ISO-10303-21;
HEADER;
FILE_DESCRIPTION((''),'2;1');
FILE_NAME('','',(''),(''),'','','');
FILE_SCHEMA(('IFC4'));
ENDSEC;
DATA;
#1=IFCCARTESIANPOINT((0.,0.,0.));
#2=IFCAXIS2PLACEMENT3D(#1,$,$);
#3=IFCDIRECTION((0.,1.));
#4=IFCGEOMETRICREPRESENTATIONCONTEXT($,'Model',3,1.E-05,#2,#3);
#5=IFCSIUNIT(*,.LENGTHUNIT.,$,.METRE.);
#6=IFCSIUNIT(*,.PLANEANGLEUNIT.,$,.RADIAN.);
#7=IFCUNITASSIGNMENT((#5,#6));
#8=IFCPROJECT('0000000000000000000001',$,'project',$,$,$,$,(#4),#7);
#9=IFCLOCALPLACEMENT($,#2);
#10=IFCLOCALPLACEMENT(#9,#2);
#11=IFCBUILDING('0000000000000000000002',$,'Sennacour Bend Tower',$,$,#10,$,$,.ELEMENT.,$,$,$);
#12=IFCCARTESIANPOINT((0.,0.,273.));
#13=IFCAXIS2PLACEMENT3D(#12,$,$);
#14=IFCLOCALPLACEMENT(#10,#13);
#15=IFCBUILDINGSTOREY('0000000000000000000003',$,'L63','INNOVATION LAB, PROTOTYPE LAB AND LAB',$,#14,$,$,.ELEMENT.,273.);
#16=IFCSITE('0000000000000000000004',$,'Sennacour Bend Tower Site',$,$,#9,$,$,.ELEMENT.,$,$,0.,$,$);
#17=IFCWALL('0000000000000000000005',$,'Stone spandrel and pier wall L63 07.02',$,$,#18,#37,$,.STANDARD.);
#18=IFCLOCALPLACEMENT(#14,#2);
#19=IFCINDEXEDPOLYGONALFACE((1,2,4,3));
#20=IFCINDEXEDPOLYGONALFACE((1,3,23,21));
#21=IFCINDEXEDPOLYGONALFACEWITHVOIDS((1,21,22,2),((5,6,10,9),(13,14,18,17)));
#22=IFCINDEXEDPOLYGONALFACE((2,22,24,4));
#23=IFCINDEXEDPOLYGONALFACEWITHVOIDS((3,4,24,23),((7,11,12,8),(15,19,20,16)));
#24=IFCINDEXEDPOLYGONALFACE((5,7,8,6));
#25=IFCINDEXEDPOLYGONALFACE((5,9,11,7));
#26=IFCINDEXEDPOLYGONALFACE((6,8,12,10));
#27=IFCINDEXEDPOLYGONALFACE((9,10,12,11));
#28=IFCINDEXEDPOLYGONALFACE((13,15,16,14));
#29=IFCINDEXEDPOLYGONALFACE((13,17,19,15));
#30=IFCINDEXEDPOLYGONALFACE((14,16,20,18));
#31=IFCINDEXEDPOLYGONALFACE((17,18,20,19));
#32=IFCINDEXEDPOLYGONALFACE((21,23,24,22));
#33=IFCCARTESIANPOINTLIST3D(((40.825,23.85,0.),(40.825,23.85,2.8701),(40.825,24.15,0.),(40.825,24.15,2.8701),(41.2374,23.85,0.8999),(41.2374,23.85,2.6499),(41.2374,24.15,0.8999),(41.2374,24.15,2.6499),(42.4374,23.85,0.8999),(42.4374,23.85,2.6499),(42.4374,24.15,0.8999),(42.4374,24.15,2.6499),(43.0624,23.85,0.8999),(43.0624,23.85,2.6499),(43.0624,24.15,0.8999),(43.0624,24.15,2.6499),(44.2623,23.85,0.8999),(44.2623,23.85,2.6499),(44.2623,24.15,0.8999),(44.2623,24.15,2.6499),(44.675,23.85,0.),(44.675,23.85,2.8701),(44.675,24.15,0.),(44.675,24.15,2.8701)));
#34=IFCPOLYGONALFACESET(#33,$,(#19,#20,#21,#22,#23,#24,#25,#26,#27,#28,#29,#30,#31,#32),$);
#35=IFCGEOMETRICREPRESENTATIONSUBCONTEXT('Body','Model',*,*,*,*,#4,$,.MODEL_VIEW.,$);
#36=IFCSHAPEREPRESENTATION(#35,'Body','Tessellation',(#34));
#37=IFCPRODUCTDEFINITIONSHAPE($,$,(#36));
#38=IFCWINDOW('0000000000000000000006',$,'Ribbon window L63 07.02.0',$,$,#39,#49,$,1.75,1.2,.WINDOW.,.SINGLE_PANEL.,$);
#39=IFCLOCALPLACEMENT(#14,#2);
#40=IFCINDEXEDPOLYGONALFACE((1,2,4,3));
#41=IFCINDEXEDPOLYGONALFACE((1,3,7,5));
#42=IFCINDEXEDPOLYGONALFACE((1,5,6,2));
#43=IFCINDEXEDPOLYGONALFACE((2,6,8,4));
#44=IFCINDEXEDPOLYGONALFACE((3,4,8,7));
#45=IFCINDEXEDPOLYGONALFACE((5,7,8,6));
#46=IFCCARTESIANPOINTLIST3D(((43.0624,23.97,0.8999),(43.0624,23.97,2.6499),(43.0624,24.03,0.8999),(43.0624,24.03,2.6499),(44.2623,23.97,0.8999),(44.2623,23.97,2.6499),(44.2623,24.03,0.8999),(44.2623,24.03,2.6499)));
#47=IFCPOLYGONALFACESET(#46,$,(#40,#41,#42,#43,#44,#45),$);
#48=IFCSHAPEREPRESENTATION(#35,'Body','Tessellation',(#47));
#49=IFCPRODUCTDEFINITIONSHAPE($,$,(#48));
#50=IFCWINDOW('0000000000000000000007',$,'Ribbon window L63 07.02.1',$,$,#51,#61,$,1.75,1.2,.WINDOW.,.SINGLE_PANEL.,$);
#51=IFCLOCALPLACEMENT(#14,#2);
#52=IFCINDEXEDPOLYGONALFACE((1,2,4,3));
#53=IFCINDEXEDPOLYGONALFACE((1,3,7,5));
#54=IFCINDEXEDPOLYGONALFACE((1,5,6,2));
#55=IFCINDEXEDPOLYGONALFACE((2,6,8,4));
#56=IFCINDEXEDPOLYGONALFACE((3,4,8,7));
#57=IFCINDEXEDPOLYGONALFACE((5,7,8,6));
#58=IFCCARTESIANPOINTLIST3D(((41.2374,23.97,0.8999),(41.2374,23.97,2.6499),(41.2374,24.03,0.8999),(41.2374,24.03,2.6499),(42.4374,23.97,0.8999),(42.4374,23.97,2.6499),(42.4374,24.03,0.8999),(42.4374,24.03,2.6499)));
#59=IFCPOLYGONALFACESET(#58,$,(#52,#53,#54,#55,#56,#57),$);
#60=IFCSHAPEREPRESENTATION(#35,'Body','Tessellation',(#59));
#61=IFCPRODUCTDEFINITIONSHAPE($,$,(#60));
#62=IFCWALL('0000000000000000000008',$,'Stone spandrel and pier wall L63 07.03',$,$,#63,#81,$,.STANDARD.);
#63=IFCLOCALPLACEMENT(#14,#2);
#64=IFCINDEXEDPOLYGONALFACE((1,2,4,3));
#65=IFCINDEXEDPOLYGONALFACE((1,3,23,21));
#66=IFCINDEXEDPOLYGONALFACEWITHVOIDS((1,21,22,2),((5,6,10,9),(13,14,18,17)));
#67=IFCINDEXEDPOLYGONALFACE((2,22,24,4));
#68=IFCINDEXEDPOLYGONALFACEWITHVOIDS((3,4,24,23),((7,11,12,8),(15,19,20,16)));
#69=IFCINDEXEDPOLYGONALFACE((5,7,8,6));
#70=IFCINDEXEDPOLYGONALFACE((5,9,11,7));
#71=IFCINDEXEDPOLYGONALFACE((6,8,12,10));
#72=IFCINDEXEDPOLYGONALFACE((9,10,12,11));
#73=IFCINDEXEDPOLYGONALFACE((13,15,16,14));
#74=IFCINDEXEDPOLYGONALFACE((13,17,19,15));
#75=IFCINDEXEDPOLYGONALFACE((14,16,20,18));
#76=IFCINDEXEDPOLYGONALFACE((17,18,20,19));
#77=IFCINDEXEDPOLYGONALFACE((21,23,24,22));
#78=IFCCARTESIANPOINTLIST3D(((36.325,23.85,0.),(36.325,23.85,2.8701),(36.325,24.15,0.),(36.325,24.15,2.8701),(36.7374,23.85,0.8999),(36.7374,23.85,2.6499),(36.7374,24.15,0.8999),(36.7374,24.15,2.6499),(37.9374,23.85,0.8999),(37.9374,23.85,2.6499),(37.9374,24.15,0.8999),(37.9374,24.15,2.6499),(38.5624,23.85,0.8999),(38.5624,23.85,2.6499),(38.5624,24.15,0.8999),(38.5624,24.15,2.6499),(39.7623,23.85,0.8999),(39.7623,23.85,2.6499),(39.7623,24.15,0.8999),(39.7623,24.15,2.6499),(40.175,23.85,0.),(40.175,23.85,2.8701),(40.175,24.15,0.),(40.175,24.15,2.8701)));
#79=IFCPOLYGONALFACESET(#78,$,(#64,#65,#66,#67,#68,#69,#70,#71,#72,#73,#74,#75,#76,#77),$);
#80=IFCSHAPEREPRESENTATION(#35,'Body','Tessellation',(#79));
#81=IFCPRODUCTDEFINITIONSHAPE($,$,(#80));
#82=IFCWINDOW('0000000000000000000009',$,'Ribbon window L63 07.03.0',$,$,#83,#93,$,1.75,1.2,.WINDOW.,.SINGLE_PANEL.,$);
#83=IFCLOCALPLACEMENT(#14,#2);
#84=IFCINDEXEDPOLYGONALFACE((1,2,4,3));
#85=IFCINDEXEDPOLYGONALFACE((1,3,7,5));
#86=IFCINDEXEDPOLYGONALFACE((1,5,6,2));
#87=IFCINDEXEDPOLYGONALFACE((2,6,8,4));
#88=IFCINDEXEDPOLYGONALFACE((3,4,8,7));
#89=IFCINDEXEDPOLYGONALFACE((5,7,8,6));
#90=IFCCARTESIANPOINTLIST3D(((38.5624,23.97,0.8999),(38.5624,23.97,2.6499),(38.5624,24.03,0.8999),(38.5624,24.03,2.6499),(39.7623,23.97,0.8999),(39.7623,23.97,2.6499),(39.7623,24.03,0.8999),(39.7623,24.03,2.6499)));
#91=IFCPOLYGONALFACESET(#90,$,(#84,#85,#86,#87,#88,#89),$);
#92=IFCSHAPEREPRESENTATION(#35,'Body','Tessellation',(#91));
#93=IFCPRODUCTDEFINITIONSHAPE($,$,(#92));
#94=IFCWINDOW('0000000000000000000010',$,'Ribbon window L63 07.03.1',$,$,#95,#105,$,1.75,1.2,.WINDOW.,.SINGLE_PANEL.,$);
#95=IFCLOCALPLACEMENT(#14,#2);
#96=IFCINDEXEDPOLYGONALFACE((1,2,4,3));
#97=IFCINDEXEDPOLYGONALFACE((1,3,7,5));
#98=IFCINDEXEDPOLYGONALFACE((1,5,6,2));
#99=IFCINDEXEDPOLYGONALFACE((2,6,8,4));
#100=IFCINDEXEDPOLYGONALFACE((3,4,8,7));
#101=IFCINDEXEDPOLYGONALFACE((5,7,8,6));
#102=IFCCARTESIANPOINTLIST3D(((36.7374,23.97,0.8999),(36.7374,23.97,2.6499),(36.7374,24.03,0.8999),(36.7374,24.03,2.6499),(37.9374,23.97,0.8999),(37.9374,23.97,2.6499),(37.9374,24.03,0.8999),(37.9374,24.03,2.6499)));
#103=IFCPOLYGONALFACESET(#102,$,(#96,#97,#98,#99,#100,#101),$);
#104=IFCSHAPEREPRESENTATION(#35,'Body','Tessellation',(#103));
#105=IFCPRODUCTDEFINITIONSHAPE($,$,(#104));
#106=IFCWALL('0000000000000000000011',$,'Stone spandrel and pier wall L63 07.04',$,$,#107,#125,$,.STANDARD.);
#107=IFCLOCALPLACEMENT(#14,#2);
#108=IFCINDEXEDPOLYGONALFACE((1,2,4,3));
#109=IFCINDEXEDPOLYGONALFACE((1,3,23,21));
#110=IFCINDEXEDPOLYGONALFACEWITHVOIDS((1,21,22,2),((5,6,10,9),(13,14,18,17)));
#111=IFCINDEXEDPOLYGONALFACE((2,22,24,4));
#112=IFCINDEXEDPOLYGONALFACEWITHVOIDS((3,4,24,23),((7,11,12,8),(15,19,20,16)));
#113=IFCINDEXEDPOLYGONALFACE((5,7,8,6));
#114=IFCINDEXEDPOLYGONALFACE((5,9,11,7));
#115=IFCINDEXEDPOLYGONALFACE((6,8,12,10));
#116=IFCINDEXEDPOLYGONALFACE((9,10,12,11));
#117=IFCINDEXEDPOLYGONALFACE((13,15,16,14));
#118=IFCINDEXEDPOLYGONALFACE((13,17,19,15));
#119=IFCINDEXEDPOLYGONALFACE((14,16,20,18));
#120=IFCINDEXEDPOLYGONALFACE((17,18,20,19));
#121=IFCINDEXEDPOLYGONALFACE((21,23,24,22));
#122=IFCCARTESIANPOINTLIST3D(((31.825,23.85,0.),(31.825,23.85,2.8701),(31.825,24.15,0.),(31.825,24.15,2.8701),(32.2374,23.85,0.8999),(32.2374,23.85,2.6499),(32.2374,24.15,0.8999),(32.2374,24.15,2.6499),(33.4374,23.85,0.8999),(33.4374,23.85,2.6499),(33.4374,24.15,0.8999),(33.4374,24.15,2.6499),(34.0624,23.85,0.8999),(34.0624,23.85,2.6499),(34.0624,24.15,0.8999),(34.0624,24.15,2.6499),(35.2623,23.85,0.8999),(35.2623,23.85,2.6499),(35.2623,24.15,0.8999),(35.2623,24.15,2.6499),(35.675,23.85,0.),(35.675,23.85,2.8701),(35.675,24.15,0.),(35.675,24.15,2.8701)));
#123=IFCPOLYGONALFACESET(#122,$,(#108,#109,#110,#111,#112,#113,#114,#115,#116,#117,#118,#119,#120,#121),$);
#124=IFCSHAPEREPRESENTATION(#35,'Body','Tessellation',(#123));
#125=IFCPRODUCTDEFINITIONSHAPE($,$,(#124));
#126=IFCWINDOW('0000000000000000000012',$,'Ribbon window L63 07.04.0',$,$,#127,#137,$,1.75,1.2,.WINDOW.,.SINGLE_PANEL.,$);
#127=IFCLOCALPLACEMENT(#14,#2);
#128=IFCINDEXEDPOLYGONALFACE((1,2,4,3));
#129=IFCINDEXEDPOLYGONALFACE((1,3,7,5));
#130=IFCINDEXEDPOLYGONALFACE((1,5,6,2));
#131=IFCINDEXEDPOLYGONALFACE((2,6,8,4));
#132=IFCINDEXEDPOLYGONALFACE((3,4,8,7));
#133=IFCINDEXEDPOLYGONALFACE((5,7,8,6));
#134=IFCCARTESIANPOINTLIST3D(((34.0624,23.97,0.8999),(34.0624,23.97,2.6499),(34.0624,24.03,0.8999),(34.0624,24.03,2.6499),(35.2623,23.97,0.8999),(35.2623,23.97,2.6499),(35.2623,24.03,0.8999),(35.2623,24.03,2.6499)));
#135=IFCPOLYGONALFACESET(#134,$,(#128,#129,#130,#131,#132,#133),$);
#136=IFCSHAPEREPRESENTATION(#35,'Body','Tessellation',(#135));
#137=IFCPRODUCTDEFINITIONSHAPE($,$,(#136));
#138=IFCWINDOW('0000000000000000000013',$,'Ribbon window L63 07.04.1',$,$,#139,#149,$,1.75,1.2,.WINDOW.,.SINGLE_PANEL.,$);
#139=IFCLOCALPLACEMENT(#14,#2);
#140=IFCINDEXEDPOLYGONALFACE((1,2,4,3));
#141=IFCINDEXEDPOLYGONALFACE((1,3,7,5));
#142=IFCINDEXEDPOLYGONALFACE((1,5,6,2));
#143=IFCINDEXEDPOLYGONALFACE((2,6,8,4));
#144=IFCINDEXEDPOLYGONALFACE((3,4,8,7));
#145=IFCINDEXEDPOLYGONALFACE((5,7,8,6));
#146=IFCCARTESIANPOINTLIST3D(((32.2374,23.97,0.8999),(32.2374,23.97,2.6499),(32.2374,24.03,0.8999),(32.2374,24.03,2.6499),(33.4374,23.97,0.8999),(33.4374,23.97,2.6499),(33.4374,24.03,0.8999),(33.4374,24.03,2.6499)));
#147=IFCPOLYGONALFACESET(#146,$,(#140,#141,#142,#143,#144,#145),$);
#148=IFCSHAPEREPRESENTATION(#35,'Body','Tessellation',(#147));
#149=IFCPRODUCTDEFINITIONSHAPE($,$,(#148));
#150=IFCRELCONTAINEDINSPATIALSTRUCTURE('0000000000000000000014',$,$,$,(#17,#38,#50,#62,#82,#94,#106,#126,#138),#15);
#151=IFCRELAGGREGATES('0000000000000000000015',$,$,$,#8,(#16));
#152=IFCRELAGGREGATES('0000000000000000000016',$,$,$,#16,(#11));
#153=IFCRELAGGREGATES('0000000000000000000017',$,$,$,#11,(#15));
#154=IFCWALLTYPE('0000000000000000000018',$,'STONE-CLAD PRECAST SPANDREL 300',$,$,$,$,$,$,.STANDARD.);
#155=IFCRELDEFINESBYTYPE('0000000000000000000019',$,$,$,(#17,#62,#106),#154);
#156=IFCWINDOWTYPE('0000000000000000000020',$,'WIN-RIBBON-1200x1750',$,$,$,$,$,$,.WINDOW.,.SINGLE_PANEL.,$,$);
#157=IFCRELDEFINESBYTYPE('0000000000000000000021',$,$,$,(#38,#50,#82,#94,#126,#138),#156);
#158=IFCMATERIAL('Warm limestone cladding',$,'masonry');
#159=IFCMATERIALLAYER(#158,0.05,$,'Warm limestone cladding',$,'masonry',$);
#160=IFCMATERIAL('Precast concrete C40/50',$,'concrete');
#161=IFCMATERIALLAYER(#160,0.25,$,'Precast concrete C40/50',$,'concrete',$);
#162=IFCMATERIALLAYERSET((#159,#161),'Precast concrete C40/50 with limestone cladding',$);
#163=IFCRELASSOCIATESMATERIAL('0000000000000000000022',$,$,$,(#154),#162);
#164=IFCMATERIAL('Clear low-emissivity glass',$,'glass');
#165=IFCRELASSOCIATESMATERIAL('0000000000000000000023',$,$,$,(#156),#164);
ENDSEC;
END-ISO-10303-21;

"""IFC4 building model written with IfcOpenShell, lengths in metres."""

from ifc_helpers import new_model, si_unit, direction, frame, frame_2d, origin, place, context, subcontext, project, spatial, rectangle, extrude, material, layer, layer_set, type_object, element, fill, save


model = new_model("IFC4")

# Units and contexts
model_context = context("Model", 3, precision=1e-05, world=origin(), true_north=direction((0.0, 1.0)))
body_context = subcontext(model_context, "Body", "Model", "MODEL_VIEW")
ifc_project = project(units=[si_unit("LENGTHUNIT", "METRE"), si_unit("PLANEANGLEUNIT", "RADIAN")], contexts=[model_context])

# Site, building, storey
site_placement = place(None, origin())
site = spatial("IfcSite", under=ifc_project, at=site_placement, Name="Sennacour Bend Tower Site", CompositionType="ELEMENT", RefElevation=0.0)
building_placement = place(site_placement, origin())
building = spatial("IfcBuilding", under=site, at=building_placement, Name="Sennacour Bend Tower", CompositionType="ELEMENT")
storey_placement = place(building_placement, frame((0.0, 0.0, 273.0)))
storey = spatial("IfcBuildingStorey", under=building, at=storey_placement, Name="L63", Description="INNOVATION LAB, PROTOTYPE LAB AND LAB", CompositionType="ELEMENT", Elevation=273.0)

# Walls, openings, windows
ifc_material_1 = material(Name="Warm limestone cladding", Category="masonry")
ifc_layer_1 = layer(ifc_material_1, 0.05, Name="Warm limestone cladding", Category="masonry")
ifc_material_2 = material(Name="Precast concrete C40/50", Category="concrete")
ifc_layer_2 = layer(ifc_material_2, 0.25, Name="Precast concrete C40/50", Category="concrete")
ifc_layer_set_1 = layer_set([ifc_layer_1, ifc_layer_2], Name="Precast concrete C40/50 with limestone cladding")
wall_type_1 = type_object("IfcWallType", Name="STONE-CLAD PRECAST SPANDREL 300", PredefinedType="STANDARD", material=ifc_layer_set_1)
wall_1_placement = place(storey_placement, frame((44.675, 24.0, 0.0), z_axis=(0.0, 0.0, 1.0), x_axis=(-1.0, 0.0, 0.0)))
wall_1 = element("IfcWall", 1, at=wall_1_placement, inside=storey, type_object=wall_type_1, Name="Stone spandrel and pier wall L63 07.02", PredefinedType="STANDARD", context=body_context, shape_type="SweptSolid", body=[
    extrude(rectangle(XDim=3.8501, YDim=0.3, at=frame_2d((1.925, 0.0))), origin(), (0.0, 0.0, 1.0), 2.8701),
])
opening_1_placement = place(wall_1_placement, frame((0.4126, 0.0, 0.8999)))
opening_1 = element("IfcOpeningElement", 2, at=opening_1_placement, cuts=wall_1, PredefinedType="OPENING", context=body_context, shape_type="SweptSolid", body=[
    extrude(rectangle(XDim=1.2, YDim=1.75, at=frame_2d((0.6001, 0.875))), frame((0.0, 0.1602, 0.0), z_axis=(0.0, -1.0, 0.0), x_axis=(1.0, 0.0, 0.0)), (0.0, 0.0, 1.0), 0.3201),
])
opening_2_placement = place(wall_1_placement, frame((2.2375, 0.0, 0.8999)))
opening_2 = element("IfcOpeningElement", 3, at=opening_2_placement, cuts=wall_1, PredefinedType="OPENING", context=body_context, shape_type="SweptSolid", body=[
    extrude(rectangle(XDim=1.2, YDim=1.75, at=frame_2d((0.6001, 0.875))), frame((0.0, 0.1602, 0.0), z_axis=(0.0, -1.0, 0.0), x_axis=(1.0, 0.0, 0.0)), (0.0, 0.0, 1.0), 0.3201),
])
ifc_material_3 = material(Name="Clear low-emissivity glass", Category="glass")
window_type = type_object("IfcWindowType", Name="WIN-RIBBON-1200x1750", PartitioningType="SINGLE_PANEL", PredefinedType="WINDOW", material=ifc_material_3)
window_1_placement = place(opening_1_placement, origin())
window_1 = element("IfcWindow", 4, at=window_1_placement, inside=storey, type_object=window_type, Name="Ribbon window L63 07.02.0", OverallHeight=1.75, OverallWidth=1.2, PartitioningType="SINGLE_PANEL", PredefinedType="WINDOW", context=body_context, shape_type="SweptSolid", body=[
    extrude(rectangle(XDim=1.2, YDim=1.75, at=frame_2d((0.6001, 0.875))), frame((0.0, 0.03, 0.0), z_axis=(0.0, -1.0, 0.0), x_axis=(1.0, 0.0, 0.0)), (0.0, 0.0, 1.0), 0.0601),
])
fill(opening_1, window_1)
window_2_placement = place(opening_2_placement, origin())
window_2 = element("IfcWindow", 5, at=window_2_placement, inside=storey, type_object=window_type, Name="Ribbon window L63 07.02.1", OverallHeight=1.75, OverallWidth=1.2, PartitioningType="SINGLE_PANEL", PredefinedType="WINDOW", context=body_context, shape_type="SweptSolid", body=[
    extrude(rectangle(XDim=1.2, YDim=1.75, at=frame_2d((0.6001, 0.875))), frame((0.0, 0.03, 0.0), z_axis=(0.0, -1.0, 0.0), x_axis=(1.0, 0.0, 0.0)), (0.0, 0.0, 1.0), 0.0601),
])
fill(opening_2, window_2)
wall_2_placement = place(storey_placement, frame((40.175, 24.0, 0.0), z_axis=(0.0, 0.0, 1.0), x_axis=(-1.0, 0.0, 0.0)))
wall_2 = element("IfcWall", 6, at=wall_2_placement, inside=storey, type_object=wall_type_1, Name="Stone spandrel and pier wall L63 07.03", PredefinedType="STANDARD", context=body_context, shape_type="SweptSolid", body=[
    extrude(rectangle(XDim=3.8501, YDim=0.3, at=frame_2d((1.925, 0.0))), origin(), (0.0, 0.0, 1.0), 2.8701),
])
opening_3_placement = place(wall_2_placement, frame((0.4126, 0.0, 0.8999)))
opening_3 = element("IfcOpeningElement", 7, at=opening_3_placement, cuts=wall_2, PredefinedType="OPENING", context=body_context, shape_type="SweptSolid", body=[
    extrude(rectangle(XDim=1.2, YDim=1.75, at=frame_2d((0.6001, 0.875))), frame((0.0, 0.1602, 0.0), z_axis=(0.0, -1.0, 0.0), x_axis=(1.0, 0.0, 0.0)), (0.0, 0.0, 1.0), 0.3201),
])
opening_4_placement = place(wall_2_placement, frame((2.2375, 0.0, 0.8999)))
opening_4 = element("IfcOpeningElement", 8, at=opening_4_placement, cuts=wall_2, PredefinedType="OPENING", context=body_context, shape_type="SweptSolid", body=[
    extrude(rectangle(XDim=1.2, YDim=1.75, at=frame_2d((0.6001, 0.875))), frame((0.0, 0.1602, 0.0), z_axis=(0.0, -1.0, 0.0), x_axis=(1.0, 0.0, 0.0)), (0.0, 0.0, 1.0), 0.3201),
])
window_3_placement = place(opening_3_placement, origin())
window_3 = element("IfcWindow", 9, at=window_3_placement, inside=storey, type_object=window_type, Name="Ribbon window L63 07.03.0", OverallHeight=1.75, OverallWidth=1.2, PartitioningType="SINGLE_PANEL", PredefinedType="WINDOW", context=body_context, shape_type="SweptSolid", body=[
    extrude(rectangle(XDim=1.2, YDim=1.75, at=frame_2d((0.6001, 0.875))), frame((0.0, 0.03, 0.0), z_axis=(0.0, -1.0, 0.0), x_axis=(1.0, 0.0, 0.0)), (0.0, 0.0, 1.0), 0.0601),
])
fill(opening_3, window_3)
window_4_placement = place(opening_4_placement, origin())
window_4 = element("IfcWindow", 10, at=window_4_placement, inside=storey, type_object=window_type, Name="Ribbon window L63 07.03.1", OverallHeight=1.75, OverallWidth=1.2, PartitioningType="SINGLE_PANEL", PredefinedType="WINDOW", context=body_context, shape_type="SweptSolid", body=[
    extrude(rectangle(XDim=1.2, YDim=1.75, at=frame_2d((0.6001, 0.875))), frame((0.0, 0.03, 0.0), z_axis=(0.0, -1.0, 0.0), x_axis=(1.0, 0.0, 0.0)), (0.0, 0.0, 1.0), 0.0601),
])
fill(opening_4, window_4)
wall_3_placement = place(storey_placement, frame((35.675, 24.0, 0.0), z_axis=(0.0, 0.0, 1.0), x_axis=(-1.0, 0.0, 0.0)))
wall_3 = element("IfcWall", 11, at=wall_3_placement, inside=storey, type_object=wall_type_1, Name="Stone spandrel and pier wall L63 07.04", PredefinedType="STANDARD", context=body_context, shape_type="SweptSolid", body=[
    extrude(rectangle(XDim=3.8501, YDim=0.3, at=frame_2d((1.925, 0.0))), origin(), (0.0, 0.0, 1.0), 2.8701),
])
opening_5_placement = place(wall_3_placement, frame((0.4126, 0.0, 0.8999)))
opening_5 = element("IfcOpeningElement", 12, at=opening_5_placement, cuts=wall_3, PredefinedType="OPENING", context=body_context, shape_type="SweptSolid", body=[
    extrude(rectangle(XDim=1.2, YDim=1.75, at=frame_2d((0.6001, 0.875))), frame((0.0, 0.1602, 0.0), z_axis=(0.0, -1.0, 0.0), x_axis=(1.0, 0.0, 0.0)), (0.0, 0.0, 1.0), 0.3201),
])
opening_6_placement = place(wall_3_placement, frame((2.2375, 0.0, 0.8999)))
opening_6 = element("IfcOpeningElement", 13, at=opening_6_placement, cuts=wall_3, PredefinedType="OPENING", context=body_context, shape_type="SweptSolid", body=[
    extrude(rectangle(XDim=1.2, YDim=1.75, at=frame_2d((0.6001, 0.875))), frame((0.0, 0.1602, 0.0), z_axis=(0.0, -1.0, 0.0), x_axis=(1.0, 0.0, 0.0)), (0.0, 0.0, 1.0), 0.3201),
])
window_5_placement = place(opening_5_placement, origin())
window_5 = element("IfcWindow", 14, at=window_5_placement, inside=storey, type_object=window_type, Name="Ribbon window L63 07.04.0", OverallHeight=1.75, OverallWidth=1.2, PartitioningType="SINGLE_PANEL", PredefinedType="WINDOW", context=body_context, shape_type="SweptSolid", body=[
    extrude(rectangle(XDim=1.2, YDim=1.75, at=frame_2d((0.6001, 0.875))), frame((0.0, 0.03, 0.0), z_axis=(0.0, -1.0, 0.0), x_axis=(1.0, 0.0, 0.0)), (0.0, 0.0, 1.0), 0.0601),
])
fill(opening_5, window_5)
window_6_placement = place(opening_6_placement, origin())
window_6 = element("IfcWindow", 15, at=window_6_placement, inside=storey, type_object=window_type, Name="Ribbon window L63 07.04.1", OverallHeight=1.75, OverallWidth=1.2, PartitioningType="SINGLE_PANEL", PredefinedType="WINDOW", context=body_context, shape_type="SweptSolid", body=[
    extrude(rectangle(XDim=1.2, YDim=1.75, at=frame_2d((0.6001, 0.875))), frame((0.0, 0.03, 0.0), z_axis=(0.0, -1.0, 0.0), x_axis=(1.0, 0.0, 0.0)), (0.0, 0.0, 1.0), 0.0601),
])
fill(opening_6, window_6)

save(model, "model.ifc")
